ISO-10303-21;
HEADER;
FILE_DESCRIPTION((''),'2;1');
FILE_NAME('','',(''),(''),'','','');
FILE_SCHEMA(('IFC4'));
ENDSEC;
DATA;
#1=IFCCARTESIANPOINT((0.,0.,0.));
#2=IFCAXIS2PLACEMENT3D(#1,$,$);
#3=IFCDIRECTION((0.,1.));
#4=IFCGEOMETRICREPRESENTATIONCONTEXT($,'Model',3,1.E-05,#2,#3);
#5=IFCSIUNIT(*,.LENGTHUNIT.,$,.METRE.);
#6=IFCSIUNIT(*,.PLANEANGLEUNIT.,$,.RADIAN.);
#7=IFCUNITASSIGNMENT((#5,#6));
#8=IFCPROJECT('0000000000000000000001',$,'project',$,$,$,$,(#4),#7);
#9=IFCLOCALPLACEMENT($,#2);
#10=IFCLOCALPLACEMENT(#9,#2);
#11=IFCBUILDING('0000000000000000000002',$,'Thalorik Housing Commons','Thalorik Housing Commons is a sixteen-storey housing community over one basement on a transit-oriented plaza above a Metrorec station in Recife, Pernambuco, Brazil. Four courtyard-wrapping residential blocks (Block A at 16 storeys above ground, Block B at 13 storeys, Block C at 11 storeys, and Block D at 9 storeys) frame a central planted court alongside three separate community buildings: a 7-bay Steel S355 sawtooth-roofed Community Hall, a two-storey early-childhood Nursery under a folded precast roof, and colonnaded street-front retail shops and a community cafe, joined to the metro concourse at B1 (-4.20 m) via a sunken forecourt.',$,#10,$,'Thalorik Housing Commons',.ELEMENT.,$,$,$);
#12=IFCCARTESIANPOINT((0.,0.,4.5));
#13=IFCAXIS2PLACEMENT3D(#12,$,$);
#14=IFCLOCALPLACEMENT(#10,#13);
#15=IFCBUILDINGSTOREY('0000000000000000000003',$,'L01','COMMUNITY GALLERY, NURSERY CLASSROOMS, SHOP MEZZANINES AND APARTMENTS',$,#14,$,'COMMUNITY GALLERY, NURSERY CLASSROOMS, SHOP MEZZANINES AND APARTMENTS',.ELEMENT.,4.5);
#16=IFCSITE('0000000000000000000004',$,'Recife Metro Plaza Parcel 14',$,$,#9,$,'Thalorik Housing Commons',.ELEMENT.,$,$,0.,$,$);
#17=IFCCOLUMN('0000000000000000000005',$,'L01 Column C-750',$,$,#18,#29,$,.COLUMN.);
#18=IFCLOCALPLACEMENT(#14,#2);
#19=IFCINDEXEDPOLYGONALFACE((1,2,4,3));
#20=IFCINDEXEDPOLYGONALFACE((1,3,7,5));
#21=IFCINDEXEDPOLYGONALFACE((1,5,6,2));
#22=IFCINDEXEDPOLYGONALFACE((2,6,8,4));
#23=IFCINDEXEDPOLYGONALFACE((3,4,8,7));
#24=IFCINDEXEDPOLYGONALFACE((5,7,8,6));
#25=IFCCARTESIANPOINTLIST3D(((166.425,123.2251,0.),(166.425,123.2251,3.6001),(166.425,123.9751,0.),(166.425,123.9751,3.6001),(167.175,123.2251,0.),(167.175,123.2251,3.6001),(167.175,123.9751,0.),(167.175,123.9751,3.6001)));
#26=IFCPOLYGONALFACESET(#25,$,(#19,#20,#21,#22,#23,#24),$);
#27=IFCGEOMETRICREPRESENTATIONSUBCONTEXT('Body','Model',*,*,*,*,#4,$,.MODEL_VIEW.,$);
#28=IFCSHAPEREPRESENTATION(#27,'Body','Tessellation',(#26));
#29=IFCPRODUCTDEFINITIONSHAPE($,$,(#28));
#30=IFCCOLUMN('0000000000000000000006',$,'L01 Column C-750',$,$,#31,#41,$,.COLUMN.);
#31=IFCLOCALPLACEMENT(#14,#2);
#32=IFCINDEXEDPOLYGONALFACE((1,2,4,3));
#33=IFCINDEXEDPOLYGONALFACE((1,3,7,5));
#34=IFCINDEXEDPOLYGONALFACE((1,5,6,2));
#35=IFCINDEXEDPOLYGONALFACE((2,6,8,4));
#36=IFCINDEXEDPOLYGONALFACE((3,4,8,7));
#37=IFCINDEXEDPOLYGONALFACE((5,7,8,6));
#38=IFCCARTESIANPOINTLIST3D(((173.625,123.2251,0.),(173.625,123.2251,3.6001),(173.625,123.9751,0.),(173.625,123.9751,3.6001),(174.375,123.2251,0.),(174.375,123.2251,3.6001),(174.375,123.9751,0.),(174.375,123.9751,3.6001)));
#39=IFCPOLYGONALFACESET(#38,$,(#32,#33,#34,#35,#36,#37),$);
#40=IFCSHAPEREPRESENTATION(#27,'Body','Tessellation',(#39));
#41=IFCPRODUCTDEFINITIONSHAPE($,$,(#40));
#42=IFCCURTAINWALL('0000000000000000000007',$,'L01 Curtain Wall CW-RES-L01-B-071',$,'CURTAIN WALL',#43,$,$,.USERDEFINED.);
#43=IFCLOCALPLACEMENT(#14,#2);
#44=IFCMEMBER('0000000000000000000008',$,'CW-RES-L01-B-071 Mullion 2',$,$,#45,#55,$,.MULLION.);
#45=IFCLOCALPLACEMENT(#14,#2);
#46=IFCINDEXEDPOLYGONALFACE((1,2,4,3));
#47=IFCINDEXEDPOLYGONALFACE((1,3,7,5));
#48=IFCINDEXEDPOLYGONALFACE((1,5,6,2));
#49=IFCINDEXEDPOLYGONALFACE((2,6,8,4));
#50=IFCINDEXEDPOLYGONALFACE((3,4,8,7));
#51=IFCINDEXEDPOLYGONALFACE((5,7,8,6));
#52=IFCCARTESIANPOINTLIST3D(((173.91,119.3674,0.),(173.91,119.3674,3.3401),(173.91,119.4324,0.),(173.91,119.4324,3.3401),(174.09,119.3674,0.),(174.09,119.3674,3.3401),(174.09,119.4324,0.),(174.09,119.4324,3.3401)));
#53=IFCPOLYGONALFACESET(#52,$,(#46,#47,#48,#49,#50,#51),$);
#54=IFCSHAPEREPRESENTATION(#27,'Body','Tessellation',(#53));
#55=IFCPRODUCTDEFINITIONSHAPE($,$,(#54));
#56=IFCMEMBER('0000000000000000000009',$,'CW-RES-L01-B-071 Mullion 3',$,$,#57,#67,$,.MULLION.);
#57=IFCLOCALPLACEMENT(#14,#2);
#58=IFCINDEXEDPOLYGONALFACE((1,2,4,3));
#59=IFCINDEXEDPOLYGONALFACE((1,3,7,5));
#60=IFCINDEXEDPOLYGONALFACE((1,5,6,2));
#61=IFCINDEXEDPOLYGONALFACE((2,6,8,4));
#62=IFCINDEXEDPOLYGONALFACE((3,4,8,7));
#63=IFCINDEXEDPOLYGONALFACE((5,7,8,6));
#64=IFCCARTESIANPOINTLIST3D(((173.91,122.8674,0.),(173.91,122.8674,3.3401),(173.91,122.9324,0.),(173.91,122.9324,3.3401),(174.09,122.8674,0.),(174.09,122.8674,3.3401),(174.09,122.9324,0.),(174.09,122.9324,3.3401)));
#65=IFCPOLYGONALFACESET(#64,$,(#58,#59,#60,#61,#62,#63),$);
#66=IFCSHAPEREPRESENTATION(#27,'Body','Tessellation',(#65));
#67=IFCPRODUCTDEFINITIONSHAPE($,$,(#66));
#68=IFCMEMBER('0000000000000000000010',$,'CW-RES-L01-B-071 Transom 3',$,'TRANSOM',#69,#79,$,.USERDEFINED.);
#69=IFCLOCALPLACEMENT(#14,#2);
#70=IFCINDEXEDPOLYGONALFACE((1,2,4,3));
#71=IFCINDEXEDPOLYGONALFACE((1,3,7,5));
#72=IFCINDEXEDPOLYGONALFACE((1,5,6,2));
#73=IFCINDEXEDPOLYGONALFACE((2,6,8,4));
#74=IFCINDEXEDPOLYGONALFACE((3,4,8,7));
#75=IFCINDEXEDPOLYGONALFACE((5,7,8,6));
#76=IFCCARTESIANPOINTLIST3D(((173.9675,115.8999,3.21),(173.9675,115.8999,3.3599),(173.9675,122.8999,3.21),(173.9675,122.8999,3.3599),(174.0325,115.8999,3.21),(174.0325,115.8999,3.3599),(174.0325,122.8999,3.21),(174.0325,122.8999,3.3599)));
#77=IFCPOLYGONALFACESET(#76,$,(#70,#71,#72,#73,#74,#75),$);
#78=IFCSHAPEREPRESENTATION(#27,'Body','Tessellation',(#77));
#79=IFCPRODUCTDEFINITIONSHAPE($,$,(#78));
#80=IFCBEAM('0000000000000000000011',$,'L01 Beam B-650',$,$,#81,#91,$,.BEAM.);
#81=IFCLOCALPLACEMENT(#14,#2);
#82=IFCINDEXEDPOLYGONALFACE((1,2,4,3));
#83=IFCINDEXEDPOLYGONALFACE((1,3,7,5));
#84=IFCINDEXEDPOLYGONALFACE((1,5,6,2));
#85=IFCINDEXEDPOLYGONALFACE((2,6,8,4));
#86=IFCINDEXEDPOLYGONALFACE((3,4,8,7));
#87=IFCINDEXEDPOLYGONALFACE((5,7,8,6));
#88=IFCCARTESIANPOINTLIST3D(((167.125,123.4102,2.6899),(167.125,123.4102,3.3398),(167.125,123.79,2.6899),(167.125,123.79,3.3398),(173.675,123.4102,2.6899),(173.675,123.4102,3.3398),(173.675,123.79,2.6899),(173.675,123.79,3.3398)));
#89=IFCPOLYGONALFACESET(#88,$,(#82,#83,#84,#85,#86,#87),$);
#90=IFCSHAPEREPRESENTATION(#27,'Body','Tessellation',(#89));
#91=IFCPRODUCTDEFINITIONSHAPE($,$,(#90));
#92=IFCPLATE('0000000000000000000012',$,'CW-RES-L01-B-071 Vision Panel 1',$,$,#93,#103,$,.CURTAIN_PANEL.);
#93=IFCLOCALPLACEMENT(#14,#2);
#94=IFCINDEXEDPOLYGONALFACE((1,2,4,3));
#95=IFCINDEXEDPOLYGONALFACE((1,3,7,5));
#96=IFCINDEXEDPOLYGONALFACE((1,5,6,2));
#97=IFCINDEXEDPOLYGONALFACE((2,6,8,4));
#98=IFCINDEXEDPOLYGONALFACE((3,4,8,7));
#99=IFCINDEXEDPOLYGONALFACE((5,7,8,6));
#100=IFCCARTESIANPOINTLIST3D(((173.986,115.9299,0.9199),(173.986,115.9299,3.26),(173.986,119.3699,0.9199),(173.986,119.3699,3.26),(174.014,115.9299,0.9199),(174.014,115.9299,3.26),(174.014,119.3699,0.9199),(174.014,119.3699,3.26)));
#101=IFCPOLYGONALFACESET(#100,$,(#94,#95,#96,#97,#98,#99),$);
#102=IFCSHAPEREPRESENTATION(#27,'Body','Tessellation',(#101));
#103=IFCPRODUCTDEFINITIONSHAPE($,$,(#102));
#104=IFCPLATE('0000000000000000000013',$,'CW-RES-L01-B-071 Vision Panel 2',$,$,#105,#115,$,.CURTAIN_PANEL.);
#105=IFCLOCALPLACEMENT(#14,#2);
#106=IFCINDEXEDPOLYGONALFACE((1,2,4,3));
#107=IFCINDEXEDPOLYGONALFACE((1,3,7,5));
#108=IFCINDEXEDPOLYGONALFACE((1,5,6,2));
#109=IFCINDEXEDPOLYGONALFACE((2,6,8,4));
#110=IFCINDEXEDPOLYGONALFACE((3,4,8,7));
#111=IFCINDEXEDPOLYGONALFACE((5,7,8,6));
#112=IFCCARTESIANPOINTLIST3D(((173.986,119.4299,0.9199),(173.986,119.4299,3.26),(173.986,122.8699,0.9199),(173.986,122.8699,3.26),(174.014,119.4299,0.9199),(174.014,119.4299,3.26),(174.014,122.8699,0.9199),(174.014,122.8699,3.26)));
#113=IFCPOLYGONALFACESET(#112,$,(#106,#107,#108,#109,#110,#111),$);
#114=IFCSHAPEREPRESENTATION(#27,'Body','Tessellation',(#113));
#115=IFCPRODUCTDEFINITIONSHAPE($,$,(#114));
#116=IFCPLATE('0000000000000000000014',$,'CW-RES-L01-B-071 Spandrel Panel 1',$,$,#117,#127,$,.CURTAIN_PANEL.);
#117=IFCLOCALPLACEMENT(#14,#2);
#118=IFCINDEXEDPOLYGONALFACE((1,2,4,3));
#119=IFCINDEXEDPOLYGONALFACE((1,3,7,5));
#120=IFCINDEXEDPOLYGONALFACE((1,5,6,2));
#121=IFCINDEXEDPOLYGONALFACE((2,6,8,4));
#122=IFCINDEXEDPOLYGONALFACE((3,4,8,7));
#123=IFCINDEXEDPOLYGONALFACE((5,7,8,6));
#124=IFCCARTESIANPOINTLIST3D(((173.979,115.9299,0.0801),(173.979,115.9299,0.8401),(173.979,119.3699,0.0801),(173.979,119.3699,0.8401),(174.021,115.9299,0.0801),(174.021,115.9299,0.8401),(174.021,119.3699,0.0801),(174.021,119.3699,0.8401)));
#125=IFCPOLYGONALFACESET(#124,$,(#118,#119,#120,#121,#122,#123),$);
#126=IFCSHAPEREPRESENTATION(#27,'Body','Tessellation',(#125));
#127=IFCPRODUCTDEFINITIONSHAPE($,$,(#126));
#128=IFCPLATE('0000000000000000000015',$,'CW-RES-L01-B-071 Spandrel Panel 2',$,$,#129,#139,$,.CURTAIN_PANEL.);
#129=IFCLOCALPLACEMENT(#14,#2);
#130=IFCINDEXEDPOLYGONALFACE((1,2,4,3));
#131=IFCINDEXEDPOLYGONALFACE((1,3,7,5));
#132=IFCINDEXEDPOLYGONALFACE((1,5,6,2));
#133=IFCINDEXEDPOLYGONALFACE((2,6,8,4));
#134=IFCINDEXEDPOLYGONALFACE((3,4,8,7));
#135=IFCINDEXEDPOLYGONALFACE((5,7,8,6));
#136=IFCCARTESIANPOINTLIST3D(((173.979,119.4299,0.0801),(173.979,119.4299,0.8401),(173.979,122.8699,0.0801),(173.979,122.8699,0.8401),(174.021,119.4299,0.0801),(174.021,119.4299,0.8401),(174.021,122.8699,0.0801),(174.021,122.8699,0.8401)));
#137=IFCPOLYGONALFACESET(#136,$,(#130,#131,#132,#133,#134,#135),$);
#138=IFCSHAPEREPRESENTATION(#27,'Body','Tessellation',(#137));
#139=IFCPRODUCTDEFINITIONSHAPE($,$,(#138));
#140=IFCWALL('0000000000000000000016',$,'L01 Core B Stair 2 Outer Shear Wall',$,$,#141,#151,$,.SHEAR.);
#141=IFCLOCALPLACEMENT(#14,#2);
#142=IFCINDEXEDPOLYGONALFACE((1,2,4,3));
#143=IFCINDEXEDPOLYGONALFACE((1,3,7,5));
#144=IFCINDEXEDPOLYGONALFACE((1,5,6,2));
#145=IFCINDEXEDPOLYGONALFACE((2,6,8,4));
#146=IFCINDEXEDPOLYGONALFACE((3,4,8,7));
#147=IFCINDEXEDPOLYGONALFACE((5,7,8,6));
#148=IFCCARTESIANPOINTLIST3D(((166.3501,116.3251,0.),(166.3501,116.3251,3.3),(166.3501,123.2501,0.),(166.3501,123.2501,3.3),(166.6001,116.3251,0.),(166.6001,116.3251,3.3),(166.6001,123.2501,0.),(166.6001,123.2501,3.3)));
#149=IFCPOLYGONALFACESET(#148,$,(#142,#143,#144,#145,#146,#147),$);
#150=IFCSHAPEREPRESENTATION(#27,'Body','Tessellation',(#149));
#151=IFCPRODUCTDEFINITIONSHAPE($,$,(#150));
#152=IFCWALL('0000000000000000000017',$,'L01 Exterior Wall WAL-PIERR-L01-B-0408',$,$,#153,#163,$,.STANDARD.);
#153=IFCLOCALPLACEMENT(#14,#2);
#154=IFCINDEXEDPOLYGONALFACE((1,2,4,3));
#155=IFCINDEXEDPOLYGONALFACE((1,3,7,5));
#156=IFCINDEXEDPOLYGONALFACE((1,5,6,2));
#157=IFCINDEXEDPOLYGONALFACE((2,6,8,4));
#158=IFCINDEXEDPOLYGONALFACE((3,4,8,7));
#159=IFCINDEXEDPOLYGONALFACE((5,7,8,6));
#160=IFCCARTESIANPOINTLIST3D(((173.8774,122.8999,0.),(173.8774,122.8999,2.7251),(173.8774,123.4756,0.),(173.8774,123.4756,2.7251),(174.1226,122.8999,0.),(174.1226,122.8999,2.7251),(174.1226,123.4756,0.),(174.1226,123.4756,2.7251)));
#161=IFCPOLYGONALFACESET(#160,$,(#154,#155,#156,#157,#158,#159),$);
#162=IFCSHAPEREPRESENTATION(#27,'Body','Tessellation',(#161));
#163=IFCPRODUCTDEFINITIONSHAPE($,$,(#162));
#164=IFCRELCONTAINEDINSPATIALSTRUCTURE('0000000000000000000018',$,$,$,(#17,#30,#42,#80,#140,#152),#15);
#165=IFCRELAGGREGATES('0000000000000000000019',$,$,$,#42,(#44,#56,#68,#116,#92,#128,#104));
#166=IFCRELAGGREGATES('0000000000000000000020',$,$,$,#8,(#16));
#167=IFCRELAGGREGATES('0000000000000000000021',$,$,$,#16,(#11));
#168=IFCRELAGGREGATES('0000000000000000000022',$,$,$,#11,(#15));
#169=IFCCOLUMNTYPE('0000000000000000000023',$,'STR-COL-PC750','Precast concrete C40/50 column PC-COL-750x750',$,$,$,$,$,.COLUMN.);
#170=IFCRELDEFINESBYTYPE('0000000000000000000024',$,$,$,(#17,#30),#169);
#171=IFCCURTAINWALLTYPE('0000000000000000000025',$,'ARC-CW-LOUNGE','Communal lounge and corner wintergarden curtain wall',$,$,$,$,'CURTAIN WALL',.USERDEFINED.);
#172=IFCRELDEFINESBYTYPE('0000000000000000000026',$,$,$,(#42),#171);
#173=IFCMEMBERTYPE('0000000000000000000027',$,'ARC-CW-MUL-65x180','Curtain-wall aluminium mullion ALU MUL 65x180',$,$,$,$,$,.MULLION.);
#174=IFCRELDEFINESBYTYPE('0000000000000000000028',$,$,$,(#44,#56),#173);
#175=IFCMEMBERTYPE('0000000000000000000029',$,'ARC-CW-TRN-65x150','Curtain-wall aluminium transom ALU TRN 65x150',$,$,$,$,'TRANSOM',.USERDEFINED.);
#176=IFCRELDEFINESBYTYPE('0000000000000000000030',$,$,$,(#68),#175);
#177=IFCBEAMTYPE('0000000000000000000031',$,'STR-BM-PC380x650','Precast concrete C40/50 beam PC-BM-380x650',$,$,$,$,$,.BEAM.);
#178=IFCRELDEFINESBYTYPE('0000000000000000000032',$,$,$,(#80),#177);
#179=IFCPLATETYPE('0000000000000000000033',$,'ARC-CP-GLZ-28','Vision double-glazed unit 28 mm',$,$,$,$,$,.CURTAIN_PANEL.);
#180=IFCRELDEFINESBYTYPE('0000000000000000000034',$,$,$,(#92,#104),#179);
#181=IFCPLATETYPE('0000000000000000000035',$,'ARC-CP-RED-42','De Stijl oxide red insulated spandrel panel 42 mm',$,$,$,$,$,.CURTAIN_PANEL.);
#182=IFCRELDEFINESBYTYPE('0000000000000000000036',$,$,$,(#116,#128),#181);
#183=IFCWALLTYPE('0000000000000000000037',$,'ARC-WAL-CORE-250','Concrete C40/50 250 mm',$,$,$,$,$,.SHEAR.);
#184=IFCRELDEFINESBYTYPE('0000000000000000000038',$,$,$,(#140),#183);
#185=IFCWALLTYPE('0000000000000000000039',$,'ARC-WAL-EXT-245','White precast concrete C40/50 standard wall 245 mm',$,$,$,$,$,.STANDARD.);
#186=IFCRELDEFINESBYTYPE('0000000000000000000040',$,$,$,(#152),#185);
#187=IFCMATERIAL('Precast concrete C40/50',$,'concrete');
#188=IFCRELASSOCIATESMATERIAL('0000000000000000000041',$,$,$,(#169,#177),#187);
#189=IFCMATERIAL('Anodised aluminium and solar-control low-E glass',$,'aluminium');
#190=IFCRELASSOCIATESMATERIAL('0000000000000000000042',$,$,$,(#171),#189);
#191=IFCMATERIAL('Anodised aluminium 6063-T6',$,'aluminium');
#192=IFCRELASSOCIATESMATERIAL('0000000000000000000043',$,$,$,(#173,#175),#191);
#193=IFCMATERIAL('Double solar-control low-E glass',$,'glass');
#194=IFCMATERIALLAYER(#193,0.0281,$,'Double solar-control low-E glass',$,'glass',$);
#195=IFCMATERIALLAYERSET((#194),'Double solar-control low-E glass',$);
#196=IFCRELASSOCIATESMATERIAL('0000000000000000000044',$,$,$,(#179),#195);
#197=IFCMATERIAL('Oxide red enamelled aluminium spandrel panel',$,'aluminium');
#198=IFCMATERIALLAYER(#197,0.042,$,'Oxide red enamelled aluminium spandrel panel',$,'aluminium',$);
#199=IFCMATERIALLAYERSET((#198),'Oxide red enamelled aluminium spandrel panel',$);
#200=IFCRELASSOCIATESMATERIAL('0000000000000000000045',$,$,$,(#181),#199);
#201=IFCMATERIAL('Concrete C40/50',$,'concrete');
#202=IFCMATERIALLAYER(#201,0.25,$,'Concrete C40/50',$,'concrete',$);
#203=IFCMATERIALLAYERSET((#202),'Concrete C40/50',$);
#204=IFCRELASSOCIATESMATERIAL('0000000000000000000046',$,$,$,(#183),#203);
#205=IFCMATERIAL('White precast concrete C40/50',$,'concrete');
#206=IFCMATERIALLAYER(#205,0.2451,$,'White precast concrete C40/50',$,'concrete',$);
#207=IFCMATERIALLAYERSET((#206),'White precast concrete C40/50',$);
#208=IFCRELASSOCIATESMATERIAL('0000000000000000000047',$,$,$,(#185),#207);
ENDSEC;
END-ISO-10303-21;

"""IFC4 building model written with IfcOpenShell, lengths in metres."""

from ifc_helpers import new_model, si_unit, direction, frame, frame_2d, origin, origin_2d, place, context, subcontext, project, spatial, rectangle, extrude, material, layer, layer_set, material_profile, profile_set, type_object, element, aggregate, save


model = new_model("IFC4")

# Units and contexts
model_context = context("Model", 3, precision=1e-05, world=origin(), true_north=direction((0.0, 1.0)))
body_context = subcontext(model_context, "Body", "Model", "MODEL_VIEW")
ifc_project = project(units=[si_unit("LENGTHUNIT", "METRE"), si_unit("PLANEANGLEUNIT", "RADIAN")], contexts=[model_context])

# Site, building, storey
site_placement = place(None, origin())
site = spatial("IfcSite", under=ifc_project, at=site_placement, Name="Recife Metro Plaza Parcel 14", LongName="Thalorik Housing Commons", CompositionType="ELEMENT", RefElevation=0.0)
building_placement = place(site_placement, origin())
building = spatial("IfcBuilding", under=site, at=building_placement, Name="Thalorik Housing Commons", Description="Thalorik Housing Commons is a sixteen-storey housing community over one basement on a transit-oriented plaza above a Metrorec station in Recife, Pernambuco, Brazil. Four courtyard-wrapping residential blocks (Block A at 16 storeys above ground, Block B at 13 storeys, Block C at 11 storeys, and Block D at 9 storeys) frame a central planted court alongside three separate community buildings: a 7-bay Steel S355 sawtooth-roofed Community Hall, a two-storey early-childhood Nursery under a folded precast roof, and colonnaded street-front retail shops and a community cafe, joined to the metro concourse at B1 (-4.20 m) via a sunken forecourt.", LongName="Thalorik Housing Commons", CompositionType="ELEMENT")
storey_placement = place(building_placement, frame((0.0, 0.0, 4.5)))
storey = spatial("IfcBuildingStorey", under=building, at=storey_placement, Name="L01", Description="COMMUNITY GALLERY, NURSERY CLASSROOMS, SHOP MEZZANINES AND APARTMENTS", LongName="COMMUNITY GALLERY, NURSERY CLASSROOMS, SHOP MEZZANINES AND APARTMENTS", CompositionType="ELEMENT", Elevation=4.5)

# Columns
ifc_material_1 = material(Name="Precast concrete C40/50", Category="concrete")
ifc_material_profile_1 = material_profile(ifc_material_1, rectangle(XDim=0.75, YDim=0.75, at=origin_2d()), Name="PC 750x750", Category="concrete")
ifc_profile_set_1 = profile_set([ifc_material_profile_1], Name="Precast concrete C40/50")
column_type = type_object("IfcColumnType", Name="STR-COL-PC750", Description="Precast concrete C40/50 column PC-COL-750x750", PredefinedType="COLUMN", material=ifc_profile_set_1)
for number, where, z_axis, x_axis, name in (
    (1, (166.8, 123.6001, 0.0), (0.0, 0.0, 1.0), (1.0, 0.0, 0.0), "L01 Column C-750"),
    (2, (174.0, 123.6001, 0.0), (0.0, 0.0, 1.0), (1.0, 0.0, 0.0), "L01 Column C-750"),
):
    element("IfcColumn", number, at=place(storey_placement, frame(where, z_axis=z_axis, x_axis=x_axis)), inside=storey, type_object=column_type, Name=name, PredefinedType="COLUMN", context=body_context, shape_type="SweptSolid", body=[
        extrude(rectangle(XDim=0.75, YDim=0.75, at=origin_2d()), origin(), (0.0, 0.0, 1.0), 3.6001),
    ])

# Curtain wall, members
ifc_material_2 = material(Name="Anodised aluminium and solar-control low-E glass", Category="aluminium")
curtain_wall_type = type_object("IfcCurtainWallType", Name="ARC-CW-LOUNGE", Description="Communal lounge and corner wintergarden curtain wall", ElementType="CURTAIN WALL", PredefinedType="USERDEFINED", material=ifc_material_2)
curtain_wall_placement = place(storey_placement, origin())
curtain_wall = element("IfcCurtainWall", 3, at=curtain_wall_placement, inside=storey, type_object=curtain_wall_type, Name="L01 Curtain Wall CW-RES-L01-B-071", ObjectType="CURTAIN WALL", PredefinedType="USERDEFINED")
ifc_material_3 = material(Name="Anodised aluminium 6063-T6", Category="aluminium")
ifc_material_profile_2 = material_profile(ifc_material_3, rectangle(XDim=0.0649, YDim=0.1799, at=origin_2d()), Name="ALU MUL 65x180", Category="aluminium")
ifc_profile_set_2 = profile_set([ifc_material_profile_2], Name="Anodised aluminium 6063-T6")
member_type_1 = type_object("IfcMemberType", Name="ARC-CW-MUL-65x180", Description="Curtain-wall aluminium mullion ALU MUL 65x180", PredefinedType="MULLION", material=ifc_profile_set_2)
member_1_placement = place(storey_placement, frame((174.0, 119.3999, 0.0), z_axis=(0.0, 0.0, 1.0), x_axis=(0.0, 1.0, 0.0)))
member_1 = element("IfcMember", 4, at=member_1_placement, type_object=member_type_1, Name="CW-RES-L01-B-071 Mullion 2", PredefinedType="MULLION", context=body_context, shape_type="SweptSolid", body=[
    extrude(rectangle(XDim=0.0649, YDim=0.1799, at=origin_2d()), origin(), (0.0, 0.0, 1.0), 3.3401),
])
member_2_placement = place(storey_placement, frame((174.0, 122.8999, 0.0), z_axis=(0.0, 0.0, 1.0), x_axis=(0.0, 1.0, 0.0)))
member_2 = element("IfcMember", 5, at=member_2_placement, type_object=member_type_1, Name="CW-RES-L01-B-071 Mullion 3", PredefinedType="MULLION", context=body_context, shape_type="SweptSolid", body=[
    extrude(rectangle(XDim=0.0649, YDim=0.1799, at=origin_2d()), origin(), (0.0, 0.0, 1.0), 3.3401),
])
ifc_material_profile_3 = material_profile(ifc_material_3, rectangle(XDim=0.0649, YDim=0.1499, at=origin_2d()), Name="ALU TRN 65x150", Category="aluminium")
ifc_profile_set_3 = profile_set([ifc_material_profile_3], Name="Anodised aluminium 6063-T6")
member_type_2 = type_object("IfcMemberType", Name="ARC-CW-TRN-65x150", Description="Curtain-wall aluminium transom ALU TRN 65x150", ElementType="TRANSOM", PredefinedType="USERDEFINED", material=ifc_profile_set_3)
member_3_placement = place(storey_placement, frame((174.0, 115.8999, 3.2849), z_axis=(0.0, 1.0, 0.0), x_axis=(-1.0, 0.0, 0.0)))
member_3 = element("IfcMember", 6, at=member_3_placement, type_object=member_type_2, Name="CW-RES-L01-B-071 Transom 3", ObjectType="TRANSOM", PredefinedType="USERDEFINED", context=body_context, shape_type="SweptSolid", body=[
    extrude(rectangle(XDim=0.0649, YDim=0.1499, at=origin_2d()), origin(), (0.0, 0.0, 1.0), 7.0),
])

# Beam
ifc_material_profile_4 = material_profile(ifc_material_1, rectangle(XDim=0.3799, YDim=0.6499, at=origin_2d()), Name="PC 380x650", Category="concrete")
ifc_profile_set_4 = profile_set([ifc_material_profile_4], Name="Precast concrete C40/50")
beam_type = type_object("IfcBeamType", Name="STR-BM-PC380x650", Description="Precast concrete C40/50 beam PC-BM-380x650", PredefinedType="BEAM", material=ifc_profile_set_4)
beam_placement = place(storey_placement, frame((167.125, 123.6001, 3.0149), z_axis=(1.0, 0.0, 0.0), x_axis=(0.0, 1.0, 0.0)))
element("IfcBeam", 7, at=beam_placement, inside=storey, type_object=beam_type, Name="L01 Beam B-650", PredefinedType="BEAM", context=body_context, shape_type="SweptSolid", body=[
    extrude(rectangle(XDim=0.3799, YDim=0.6499, at=origin_2d()), origin(), (0.0, 0.0, 1.0), 6.55),
])

# Plates
ifc_material_4 = material(Name="Double solar-control low-E glass", Category="glass")
ifc_layer_1 = layer(ifc_material_4, 0.0281, Name="Double solar-control low-E glass", Category="glass")
ifc_layer_set_1 = layer_set([ifc_layer_1], Name="Double solar-control low-E glass")
plate_type_1 = type_object("IfcPlateType", Name="ARC-CP-GLZ-28", Description="Vision double-glazed unit 28 mm", PredefinedType="CURTAIN_PANEL", material=ifc_layer_set_1)
plate_1_placement = place(storey_placement, frame((174.0, 117.6499, 0.9199), z_axis=(0.0, 0.0, 1.0), x_axis=(0.0, 1.0, 0.0)))
plate_1 = element("IfcPlate", 8, at=plate_1_placement, type_object=plate_type_1, Name="CW-RES-L01-B-071 Vision Panel 1", PredefinedType="CURTAIN_PANEL", context=body_context, shape_type="SweptSolid", body=[
    extrude(rectangle(XDim=3.4399, YDim=0.0281, at=origin_2d()), origin(), (0.0, 0.0, 1.0), 2.3401),
])
plate_2_placement = place(storey_placement, frame((174.0, 121.1499, 0.9199), z_axis=(0.0, 0.0, 1.0), x_axis=(0.0, 1.0, 0.0)))
plate_2 = element("IfcPlate", 9, at=plate_2_placement, type_object=plate_type_1, Name="CW-RES-L01-B-071 Vision Panel 2", PredefinedType="CURTAIN_PANEL", context=body_context, shape_type="SweptSolid", body=[
    extrude(rectangle(XDim=3.4399, YDim=0.0281, at=origin_2d()), origin(), (0.0, 0.0, 1.0), 2.3401),
])
ifc_material_5 = material(Name="Oxide red enamelled aluminium spandrel panel", Category="aluminium")
ifc_layer_2 = layer(ifc_material_5, 0.042, Name="Oxide red enamelled aluminium spandrel panel", Category="aluminium")
ifc_layer_set_2 = layer_set([ifc_layer_2], Name="Oxide red enamelled aluminium spandrel panel")
plate_type_2 = type_object("IfcPlateType", Name="ARC-CP-RED-42", Description="De Stijl oxide red insulated spandrel panel 42 mm", PredefinedType="CURTAIN_PANEL", material=ifc_layer_set_2)
plate_3_placement = place(storey_placement, frame((174.0, 117.6499, 0.0801), z_axis=(0.0, 0.0, 1.0), x_axis=(0.0, 1.0, 0.0)))
plate_3 = element("IfcPlate", 10, at=plate_3_placement, type_object=plate_type_2, Name="CW-RES-L01-B-071 Spandrel Panel 1", PredefinedType="CURTAIN_PANEL", context=body_context, shape_type="SweptSolid", body=[
    extrude(rectangle(XDim=3.4399, YDim=0.042, at=origin_2d()), origin(), (0.0, 0.0, 1.0), 0.76),
])
plate_4_placement = place(storey_placement, frame((174.0, 121.1499, 0.0801), z_axis=(0.0, 0.0, 1.0), x_axis=(0.0, 1.0, 0.0)))
plate_4 = element("IfcPlate", 11, at=plate_4_placement, type_object=plate_type_2, Name="CW-RES-L01-B-071 Spandrel Panel 2", PredefinedType="CURTAIN_PANEL", context=body_context, shape_type="SweptSolid", body=[
    extrude(rectangle(XDim=3.4399, YDim=0.042, at=origin_2d()), origin(), (0.0, 0.0, 1.0), 0.76),
])
aggregate(curtain_wall, [member_1, member_2, member_3, plate_3, plate_1, plate_4, plate_2])

# Walls
ifc_material_6 = material(Name="Concrete C40/50", Category="concrete")
ifc_layer_3 = layer(ifc_material_6, 0.25, Name="Concrete C40/50", Category="concrete")
ifc_layer_set_3 = layer_set([ifc_layer_3], Name="Concrete C40/50")
wall_type_1 = type_object("IfcWallType", Name="ARC-WAL-CORE-250", Description="Concrete C40/50 250 mm", PredefinedType="SHEAR", material=ifc_layer_set_3)
wall_1_placement = place(storey_placement, frame((166.4751, 123.25, 0.0), z_axis=(0.0, 0.0, 1.0), x_axis=(0.0, -1.0, 0.0)))
element("IfcWall", 12, at=wall_1_placement, inside=storey, type_object=wall_type_1, Name="L01 Core B Stair 2 Outer Shear Wall", PredefinedType="SHEAR", context=body_context, shape_type="SweptSolid", body=[
    extrude(rectangle(XDim=6.925, YDim=0.25, at=frame_2d((3.4624, 0.0))), origin(), (0.0, 0.0, 1.0), 3.3),
])
ifc_material_7 = material(Name="White precast concrete C40/50", Category="concrete")
ifc_layer_4 = layer(ifc_material_7, 0.2451, Name="White precast concrete C40/50", Category="concrete")
ifc_layer_set_4 = layer_set([ifc_layer_4], Name="White precast concrete C40/50")
wall_type_2 = type_object("IfcWallType", Name="ARC-WAL-EXT-245", Description="White precast concrete C40/50 standard wall 245 mm", PredefinedType="STANDARD", material=ifc_layer_set_4)
wall_2_placement = place(storey_placement, frame((174.0, 122.8999, 0.0), z_axis=(0.0, 0.0, 1.0), x_axis=(0.0, 1.0, 0.0)))
element("IfcWall", 13, at=wall_2_placement, inside=storey, type_object=wall_type_2, Name="L01 Exterior Wall WAL-PIERR-L01-B-0408", PredefinedType="STANDARD", context=body_context, shape_type="SweptSolid", body=[
    extrude(rectangle(XDim=0.5757, YDim=0.2451, at=frame_2d((0.2878, 0.0))), origin(), (0.0, 0.0, 1.0), 2.7251),
])

save(model, "model.ifc")
